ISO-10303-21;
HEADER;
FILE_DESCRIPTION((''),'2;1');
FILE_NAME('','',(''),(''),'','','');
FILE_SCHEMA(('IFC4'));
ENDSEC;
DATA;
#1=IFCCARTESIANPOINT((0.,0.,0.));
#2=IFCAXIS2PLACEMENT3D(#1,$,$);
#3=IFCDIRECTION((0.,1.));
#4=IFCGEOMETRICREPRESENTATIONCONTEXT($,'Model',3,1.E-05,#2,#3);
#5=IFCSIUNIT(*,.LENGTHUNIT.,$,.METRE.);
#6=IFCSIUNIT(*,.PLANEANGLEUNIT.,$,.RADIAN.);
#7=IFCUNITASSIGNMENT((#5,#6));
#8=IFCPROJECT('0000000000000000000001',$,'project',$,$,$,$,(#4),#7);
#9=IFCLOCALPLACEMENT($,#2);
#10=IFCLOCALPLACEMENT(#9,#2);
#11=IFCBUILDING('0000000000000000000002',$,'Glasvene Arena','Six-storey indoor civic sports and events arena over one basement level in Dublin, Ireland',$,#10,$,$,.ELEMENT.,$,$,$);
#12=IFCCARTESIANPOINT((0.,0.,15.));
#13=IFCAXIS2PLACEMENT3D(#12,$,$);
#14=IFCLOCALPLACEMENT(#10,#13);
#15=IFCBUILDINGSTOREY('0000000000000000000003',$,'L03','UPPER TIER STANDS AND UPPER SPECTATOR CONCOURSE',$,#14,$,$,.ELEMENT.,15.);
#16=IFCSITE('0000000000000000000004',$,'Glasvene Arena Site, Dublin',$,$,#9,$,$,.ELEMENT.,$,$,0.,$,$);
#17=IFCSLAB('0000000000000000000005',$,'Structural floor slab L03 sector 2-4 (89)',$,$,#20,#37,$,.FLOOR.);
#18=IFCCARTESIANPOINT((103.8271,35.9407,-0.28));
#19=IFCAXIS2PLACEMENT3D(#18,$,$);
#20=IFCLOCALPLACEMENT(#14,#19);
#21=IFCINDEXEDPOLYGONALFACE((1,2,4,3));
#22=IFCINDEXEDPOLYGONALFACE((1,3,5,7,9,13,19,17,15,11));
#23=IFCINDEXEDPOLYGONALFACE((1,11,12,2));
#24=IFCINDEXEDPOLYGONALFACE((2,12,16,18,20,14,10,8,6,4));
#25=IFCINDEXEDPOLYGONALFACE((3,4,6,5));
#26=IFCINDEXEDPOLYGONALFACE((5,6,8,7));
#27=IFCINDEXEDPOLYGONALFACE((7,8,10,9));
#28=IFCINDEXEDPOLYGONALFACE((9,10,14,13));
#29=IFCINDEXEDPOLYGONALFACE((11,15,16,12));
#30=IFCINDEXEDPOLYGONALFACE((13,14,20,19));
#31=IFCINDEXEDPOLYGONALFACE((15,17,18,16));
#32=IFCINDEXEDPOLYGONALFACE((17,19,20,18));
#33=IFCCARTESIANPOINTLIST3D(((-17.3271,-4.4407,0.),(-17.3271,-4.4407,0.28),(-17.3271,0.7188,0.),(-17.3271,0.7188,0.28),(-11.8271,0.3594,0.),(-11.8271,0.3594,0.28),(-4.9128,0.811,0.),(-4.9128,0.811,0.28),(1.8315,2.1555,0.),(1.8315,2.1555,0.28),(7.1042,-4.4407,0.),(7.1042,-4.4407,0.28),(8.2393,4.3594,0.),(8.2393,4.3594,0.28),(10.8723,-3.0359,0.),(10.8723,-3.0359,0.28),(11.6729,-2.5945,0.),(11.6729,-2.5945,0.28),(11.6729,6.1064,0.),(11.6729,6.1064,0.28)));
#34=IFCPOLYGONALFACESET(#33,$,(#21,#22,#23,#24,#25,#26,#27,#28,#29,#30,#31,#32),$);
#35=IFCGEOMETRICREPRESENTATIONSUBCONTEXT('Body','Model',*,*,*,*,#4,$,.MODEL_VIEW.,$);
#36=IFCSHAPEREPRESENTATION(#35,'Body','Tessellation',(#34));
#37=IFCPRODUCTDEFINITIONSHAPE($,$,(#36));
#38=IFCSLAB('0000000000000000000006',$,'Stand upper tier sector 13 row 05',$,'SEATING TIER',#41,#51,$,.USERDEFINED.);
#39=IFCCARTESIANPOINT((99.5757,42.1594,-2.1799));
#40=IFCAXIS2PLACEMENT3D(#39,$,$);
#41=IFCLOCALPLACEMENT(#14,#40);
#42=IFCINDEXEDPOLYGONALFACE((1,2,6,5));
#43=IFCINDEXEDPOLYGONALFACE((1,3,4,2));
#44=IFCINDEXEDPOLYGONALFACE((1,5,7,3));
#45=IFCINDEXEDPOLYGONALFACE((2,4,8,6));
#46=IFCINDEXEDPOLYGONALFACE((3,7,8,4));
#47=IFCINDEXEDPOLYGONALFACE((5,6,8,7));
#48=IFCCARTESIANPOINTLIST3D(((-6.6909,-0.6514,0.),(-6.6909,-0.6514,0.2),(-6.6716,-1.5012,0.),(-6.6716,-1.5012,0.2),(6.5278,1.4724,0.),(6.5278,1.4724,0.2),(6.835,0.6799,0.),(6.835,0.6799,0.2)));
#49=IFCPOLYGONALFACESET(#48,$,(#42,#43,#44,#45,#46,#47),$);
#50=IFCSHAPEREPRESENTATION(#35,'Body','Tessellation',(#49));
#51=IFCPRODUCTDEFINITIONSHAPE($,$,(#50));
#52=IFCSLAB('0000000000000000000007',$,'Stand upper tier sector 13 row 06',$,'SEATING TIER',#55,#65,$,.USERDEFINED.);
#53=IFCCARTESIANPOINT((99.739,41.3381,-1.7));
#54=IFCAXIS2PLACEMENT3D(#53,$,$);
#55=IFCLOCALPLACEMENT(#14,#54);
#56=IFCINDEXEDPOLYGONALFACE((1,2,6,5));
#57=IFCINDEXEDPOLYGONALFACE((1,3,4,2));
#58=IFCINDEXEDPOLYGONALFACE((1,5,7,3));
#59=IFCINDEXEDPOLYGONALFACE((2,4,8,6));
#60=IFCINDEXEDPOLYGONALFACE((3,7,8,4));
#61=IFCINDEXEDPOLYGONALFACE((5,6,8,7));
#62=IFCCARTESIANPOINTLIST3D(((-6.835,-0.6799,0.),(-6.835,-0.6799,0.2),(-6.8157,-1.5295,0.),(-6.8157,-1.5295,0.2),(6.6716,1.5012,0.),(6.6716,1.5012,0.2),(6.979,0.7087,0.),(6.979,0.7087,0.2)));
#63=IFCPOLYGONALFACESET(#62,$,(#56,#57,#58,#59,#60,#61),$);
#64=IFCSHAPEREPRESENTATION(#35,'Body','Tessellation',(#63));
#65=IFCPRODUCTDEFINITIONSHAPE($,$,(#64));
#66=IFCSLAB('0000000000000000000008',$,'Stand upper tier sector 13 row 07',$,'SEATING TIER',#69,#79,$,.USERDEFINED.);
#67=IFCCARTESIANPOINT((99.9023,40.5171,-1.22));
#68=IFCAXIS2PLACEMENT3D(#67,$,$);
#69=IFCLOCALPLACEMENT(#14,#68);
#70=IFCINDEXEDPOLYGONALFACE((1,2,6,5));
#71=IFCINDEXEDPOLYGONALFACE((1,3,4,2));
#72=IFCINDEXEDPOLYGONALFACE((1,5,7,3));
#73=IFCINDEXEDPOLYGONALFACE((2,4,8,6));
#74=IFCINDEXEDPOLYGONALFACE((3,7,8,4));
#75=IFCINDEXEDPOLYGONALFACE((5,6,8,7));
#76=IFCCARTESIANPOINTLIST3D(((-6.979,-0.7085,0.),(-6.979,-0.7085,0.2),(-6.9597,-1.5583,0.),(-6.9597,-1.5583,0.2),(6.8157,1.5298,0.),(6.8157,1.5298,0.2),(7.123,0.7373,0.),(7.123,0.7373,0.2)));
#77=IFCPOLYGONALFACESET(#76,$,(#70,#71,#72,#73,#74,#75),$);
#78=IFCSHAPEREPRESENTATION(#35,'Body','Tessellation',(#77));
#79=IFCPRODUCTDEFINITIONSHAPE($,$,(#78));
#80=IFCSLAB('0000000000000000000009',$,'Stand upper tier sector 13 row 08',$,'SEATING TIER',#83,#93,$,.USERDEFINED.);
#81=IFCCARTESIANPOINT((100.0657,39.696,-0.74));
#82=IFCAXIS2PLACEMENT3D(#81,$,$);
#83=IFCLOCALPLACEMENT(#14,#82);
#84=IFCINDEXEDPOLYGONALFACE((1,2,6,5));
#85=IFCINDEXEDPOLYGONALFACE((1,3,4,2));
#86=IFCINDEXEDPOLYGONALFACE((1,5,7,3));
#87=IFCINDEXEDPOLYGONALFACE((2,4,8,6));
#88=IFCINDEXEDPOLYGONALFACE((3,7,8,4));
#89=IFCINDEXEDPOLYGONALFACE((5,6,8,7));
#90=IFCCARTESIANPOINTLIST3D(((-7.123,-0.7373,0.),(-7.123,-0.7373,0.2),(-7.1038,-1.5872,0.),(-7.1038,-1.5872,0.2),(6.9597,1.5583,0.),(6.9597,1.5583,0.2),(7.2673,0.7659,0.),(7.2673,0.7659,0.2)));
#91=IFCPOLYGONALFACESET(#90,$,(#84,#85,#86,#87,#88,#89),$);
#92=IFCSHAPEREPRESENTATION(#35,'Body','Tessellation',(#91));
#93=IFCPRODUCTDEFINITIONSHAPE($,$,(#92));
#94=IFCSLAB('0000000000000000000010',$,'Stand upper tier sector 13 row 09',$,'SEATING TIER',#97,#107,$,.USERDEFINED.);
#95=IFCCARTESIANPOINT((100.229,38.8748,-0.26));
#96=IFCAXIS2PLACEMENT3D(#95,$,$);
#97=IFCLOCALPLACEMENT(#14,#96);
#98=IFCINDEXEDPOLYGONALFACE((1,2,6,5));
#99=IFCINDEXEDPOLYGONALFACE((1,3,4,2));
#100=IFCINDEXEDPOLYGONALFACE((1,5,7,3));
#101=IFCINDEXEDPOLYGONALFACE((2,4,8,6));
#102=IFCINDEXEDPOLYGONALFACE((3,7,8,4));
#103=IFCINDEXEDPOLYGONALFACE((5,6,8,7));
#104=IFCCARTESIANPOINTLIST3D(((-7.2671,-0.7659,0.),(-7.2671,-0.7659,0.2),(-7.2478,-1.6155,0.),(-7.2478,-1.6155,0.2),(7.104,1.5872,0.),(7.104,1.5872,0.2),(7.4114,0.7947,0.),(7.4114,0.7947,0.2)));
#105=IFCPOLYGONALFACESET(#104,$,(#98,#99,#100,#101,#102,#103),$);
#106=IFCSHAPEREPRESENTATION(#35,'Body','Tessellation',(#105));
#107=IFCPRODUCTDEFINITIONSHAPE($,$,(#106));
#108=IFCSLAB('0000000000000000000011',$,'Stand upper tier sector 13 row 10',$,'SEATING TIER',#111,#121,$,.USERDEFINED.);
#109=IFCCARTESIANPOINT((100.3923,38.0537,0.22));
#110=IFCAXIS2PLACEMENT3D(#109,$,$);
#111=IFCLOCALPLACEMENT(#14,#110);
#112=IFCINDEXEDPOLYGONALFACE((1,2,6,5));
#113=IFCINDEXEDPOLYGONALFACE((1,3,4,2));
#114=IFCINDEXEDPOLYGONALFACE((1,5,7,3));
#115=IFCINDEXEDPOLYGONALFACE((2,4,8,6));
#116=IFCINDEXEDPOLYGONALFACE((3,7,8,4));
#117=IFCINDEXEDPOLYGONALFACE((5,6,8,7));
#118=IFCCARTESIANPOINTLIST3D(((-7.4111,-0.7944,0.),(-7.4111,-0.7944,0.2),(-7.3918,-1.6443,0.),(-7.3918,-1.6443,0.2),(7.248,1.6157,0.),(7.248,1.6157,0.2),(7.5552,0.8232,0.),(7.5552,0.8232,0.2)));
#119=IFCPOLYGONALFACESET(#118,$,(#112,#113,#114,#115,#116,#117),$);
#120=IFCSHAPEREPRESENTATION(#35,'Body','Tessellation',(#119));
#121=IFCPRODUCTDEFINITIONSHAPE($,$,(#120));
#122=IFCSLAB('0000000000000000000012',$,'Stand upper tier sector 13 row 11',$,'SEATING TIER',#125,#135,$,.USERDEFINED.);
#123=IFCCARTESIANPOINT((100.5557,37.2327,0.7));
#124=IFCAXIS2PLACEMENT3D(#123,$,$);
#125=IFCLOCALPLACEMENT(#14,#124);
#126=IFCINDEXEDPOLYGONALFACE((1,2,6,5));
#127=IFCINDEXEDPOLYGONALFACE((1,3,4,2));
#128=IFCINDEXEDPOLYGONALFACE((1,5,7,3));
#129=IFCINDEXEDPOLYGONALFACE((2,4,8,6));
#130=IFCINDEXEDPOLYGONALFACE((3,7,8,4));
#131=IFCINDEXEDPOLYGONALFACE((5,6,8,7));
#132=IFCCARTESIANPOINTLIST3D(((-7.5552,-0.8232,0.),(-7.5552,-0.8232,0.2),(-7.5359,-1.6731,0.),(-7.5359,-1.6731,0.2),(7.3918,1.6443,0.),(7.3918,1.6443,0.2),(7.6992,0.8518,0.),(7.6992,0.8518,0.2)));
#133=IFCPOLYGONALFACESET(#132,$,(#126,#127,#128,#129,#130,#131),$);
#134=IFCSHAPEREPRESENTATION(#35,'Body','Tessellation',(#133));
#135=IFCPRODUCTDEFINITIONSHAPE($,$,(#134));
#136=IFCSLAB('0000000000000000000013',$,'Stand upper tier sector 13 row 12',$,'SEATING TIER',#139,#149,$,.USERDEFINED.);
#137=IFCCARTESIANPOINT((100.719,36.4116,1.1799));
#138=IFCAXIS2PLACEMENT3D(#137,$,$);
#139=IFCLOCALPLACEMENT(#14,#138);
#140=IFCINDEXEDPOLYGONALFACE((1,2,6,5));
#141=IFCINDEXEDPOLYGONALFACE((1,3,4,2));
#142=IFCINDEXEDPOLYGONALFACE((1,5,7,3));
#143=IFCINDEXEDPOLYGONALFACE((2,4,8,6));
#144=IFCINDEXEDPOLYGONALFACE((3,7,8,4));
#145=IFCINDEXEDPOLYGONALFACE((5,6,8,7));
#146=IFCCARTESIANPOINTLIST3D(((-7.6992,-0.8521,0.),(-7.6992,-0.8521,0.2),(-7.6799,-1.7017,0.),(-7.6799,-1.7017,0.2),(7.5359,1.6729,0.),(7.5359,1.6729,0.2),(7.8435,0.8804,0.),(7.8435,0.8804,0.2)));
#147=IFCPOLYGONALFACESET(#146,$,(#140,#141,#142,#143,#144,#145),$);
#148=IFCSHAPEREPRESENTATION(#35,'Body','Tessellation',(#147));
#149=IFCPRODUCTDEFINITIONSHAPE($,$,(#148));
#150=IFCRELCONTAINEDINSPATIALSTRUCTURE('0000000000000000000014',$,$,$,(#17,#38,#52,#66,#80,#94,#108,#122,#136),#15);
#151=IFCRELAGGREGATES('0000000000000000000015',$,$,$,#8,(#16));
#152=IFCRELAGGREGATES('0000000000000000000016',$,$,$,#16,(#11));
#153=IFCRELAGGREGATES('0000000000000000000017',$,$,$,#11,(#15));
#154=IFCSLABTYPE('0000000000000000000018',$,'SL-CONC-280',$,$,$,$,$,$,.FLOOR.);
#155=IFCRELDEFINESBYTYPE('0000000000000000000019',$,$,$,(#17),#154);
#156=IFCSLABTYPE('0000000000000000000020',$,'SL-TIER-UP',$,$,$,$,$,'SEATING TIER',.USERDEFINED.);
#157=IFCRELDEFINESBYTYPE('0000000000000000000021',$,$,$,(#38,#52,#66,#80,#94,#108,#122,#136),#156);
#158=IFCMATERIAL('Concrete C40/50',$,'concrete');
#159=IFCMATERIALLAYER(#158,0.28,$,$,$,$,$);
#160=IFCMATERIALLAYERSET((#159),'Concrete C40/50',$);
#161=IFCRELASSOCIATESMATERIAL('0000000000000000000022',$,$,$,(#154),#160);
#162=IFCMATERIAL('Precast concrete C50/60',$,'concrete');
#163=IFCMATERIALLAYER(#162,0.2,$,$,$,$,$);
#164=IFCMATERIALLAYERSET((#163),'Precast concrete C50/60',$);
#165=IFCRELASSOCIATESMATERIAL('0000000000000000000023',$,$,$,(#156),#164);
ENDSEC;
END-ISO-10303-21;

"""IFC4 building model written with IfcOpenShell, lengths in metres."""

from ifc_helpers import new_model, si_unit, direction, frame, origin, place, context, subcontext, project, spatial, polyline, outline, extrude, material, layer, layer_set, type_object, element, save


model = new_model("IFC4")

# Units and contexts
model_context = context("Model", 3, precision=1e-05, world=origin(), true_north=direction((0.0, 1.0)))
body_context = subcontext(model_context, "Body", "Model", "MODEL_VIEW")
ifc_project = project(units=[si_unit("LENGTHUNIT", "METRE"), si_unit("PLANEANGLEUNIT", "RADIAN")], contexts=[model_context])

# Site, building, storey
site_placement = place(None, origin())
site = spatial("IfcSite", under=ifc_project, at=site_placement, Name="Glasvene Arena Site, Dublin", CompositionType="ELEMENT", RefElevation=0.0)
building_placement = place(site_placement, origin())
building = spatial("IfcBuilding", under=site, at=building_placement, Name="Glasvene Arena", Description="Six-storey indoor civic sports and events arena over one basement level in Dublin, Ireland", CompositionType="ELEMENT")
storey_placement = place(building_placement, frame((0.0, 0.0, 15.0)))
storey = spatial("IfcBuildingStorey", under=building, at=storey_placement, Name="L03", Description="UPPER TIER STANDS AND UPPER SPECTATOR CONCOURSE", CompositionType="ELEMENT", Elevation=15.0)

# Shared definitions
ifc_material_1 = material(Name="Precast concrete C50/60", Category="concrete")

# Slabs
ifc_material_2 = material(Name="Concrete C40/50", Category="concrete")
ifc_layer_1 = layer(ifc_material_2, 0.28)
ifc_layer_set_1 = layer_set([ifc_layer_1], Name="Concrete C40/50")
slab_type_1 = type_object("IfcSlabType", Name="SL-CONC-280", PredefinedType="FLOOR", material=ifc_layer_set_1)
slab_1_placement = place(storey_placement, frame((103.8271, 35.9407, -0.28)))
element("IfcSlab", 1, at=slab_1_placement, inside=storey, type_object=slab_type_1, Name="Structural floor slab L03 sector 2-4 (89)", PredefinedType="FLOOR", context=body_context, shape_type="SweptSolid", body=[
    extrude(outline(polyline([(10.8723, -3.0359), (7.1042, -4.4407), (-17.3271, -4.4407), (-17.3271, 0.7188), (-11.8271, 0.3594), (-4.9128, 0.811), (1.8315, 2.1555), (8.2393, 4.3594), (11.6729, 6.1064), (11.6729, -2.5945), (10.8723, -3.0359)])), origin(), (0.0, 0.0, 1.0), 0.28),
])
ifc_layer_2 = layer(ifc_material_1, 0.2)
ifc_layer_set_2 = layer_set([ifc_layer_2], Name="Precast concrete C50/60")
slab_type_2 = type_object("IfcSlabType", Name="SL-TIER-UP", ElementType="SEATING TIER", PredefinedType="USERDEFINED", material=ifc_layer_set_2)
slab_2_placement = place(storey_placement, frame((99.5757, 42.1594, -2.1799)))
element("IfcSlab", 2, at=slab_2_placement, inside=storey, type_object=slab_type_2, Name="Stand upper tier sector 13 row 05", ObjectType="SEATING TIER", PredefinedType="USERDEFINED", context=body_context, shape_type="SweptSolid", body=[
    extrude(outline(polyline([(-6.6909, -0.6514), (6.5278, 1.4724), (6.835, 0.6799), (-6.6716, -1.5012), (-6.6909, -0.6514)])), origin(), (0.0, 0.0, 1.0), 0.2),
])
slab_3_placement = place(storey_placement, frame((99.739, 41.3381, -1.7)))
element("IfcSlab", 3, at=slab_3_placement, inside=storey, type_object=slab_type_2, Name="Stand upper tier sector 13 row 06", ObjectType="SEATING TIER", PredefinedType="USERDEFINED", context=body_context, shape_type="SweptSolid", body=[
    extrude(outline(polyline([(-6.835, -0.6799), (6.6716, 1.5012), (6.979, 0.7087), (-6.8157, -1.5295), (-6.835, -0.6799)])), origin(), (0.0, 0.0, 1.0), 0.2),
])
slab_4_placement = place(storey_placement, frame((99.9023, 40.5171, -1.22)))
element("IfcSlab", 4, at=slab_4_placement, inside=storey, type_object=slab_type_2, Name="Stand upper tier sector 13 row 07", ObjectType="SEATING TIER", PredefinedType="USERDEFINED", context=body_context, shape_type="SweptSolid", body=[
    extrude(outline(polyline([(-6.979, -0.7085), (6.8157, 1.5298), (7.123, 0.7373), (-6.9597, -1.5583), (-6.979, -0.7085)])), origin(), (0.0, 0.0, 1.0), 0.2),
])
slab_5_placement = place(storey_placement, frame((100.0657, 39.696, -0.74)))
element("IfcSlab", 5, at=slab_5_placement, inside=storey, type_object=slab_type_2, Name="Stand upper tier sector 13 row 08", ObjectType="SEATING TIER", PredefinedType="USERDEFINED", context=body_context, shape_type="SweptSolid", body=[
    extrude(outline(polyline([(-7.123, -0.7373), (6.9597, 1.5583), (7.2673, 0.7659), (-7.1038, -1.5872), (-7.123, -0.7373)])), origin(), (0.0, 0.0, 1.0), 0.2),
])
slab_6_placement = place(storey_placement, frame((100.229, 38.8748, -0.26)))
element("IfcSlab", 6, at=slab_6_placement, inside=storey, type_object=slab_type_2, Name="Stand upper tier sector 13 row 09", ObjectType="SEATING TIER", PredefinedType="USERDEFINED", context=body_context, shape_type="SweptSolid", body=[
    extrude(outline(polyline([(-7.2671, -0.7659), (7.104, 1.5872), (7.4114, 0.7947), (-7.2478, -1.6155), (-7.2671, -0.7659)])), origin(), (0.0, 0.0, 1.0), 0.2),
])
slab_7_placement = place(storey_placement, frame((100.3923, 38.0537, 0.22)))
element("IfcSlab", 7, at=slab_7_placement, inside=storey, type_object=slab_type_2, Name="Stand upper tier sector 13 row 10", ObjectType="SEATING TIER", PredefinedType="USERDEFINED", context=body_context, shape_type="SweptSolid", body=[
    extrude(outline(polyline([(-7.4111, -0.7944), (7.248, 1.6157), (7.5552, 0.8232), (-7.3918, -1.6443), (-7.4111, -0.7944)])), origin(), (0.0, 0.0, 1.0), 0.2),
])
slab_8_placement = place(storey_placement, frame((100.5557, 37.2327, 0.7)))
element("IfcSlab", 8, at=slab_8_placement, inside=storey, type_object=slab_type_2, Name="Stand upper tier sector 13 row 11", ObjectType="SEATING TIER", PredefinedType="USERDEFINED", context=body_context, shape_type="SweptSolid", body=[
    extrude(outline(polyline([(-7.5552, -0.8232), (7.3918, 1.6443), (7.6992, 0.8518), (-7.5359, -1.6731), (-7.5552, -0.8232)])), origin(), (0.0, 0.0, 1.0), 0.2),
])
slab_9_placement = place(storey_placement, frame((100.719, 36.4116, 1.1799)))
element("IfcSlab", 9, at=slab_9_placement, inside=storey, type_object=slab_type_2, Name="Stand upper tier sector 13 row 12", ObjectType="SEATING TIER", PredefinedType="USERDEFINED", context=body_context, shape_type="SweptSolid", body=[
    extrude(outline(polyline([(-7.6992, -0.8521), (7.5359, 1.6729), (7.8435, 0.8804), (-7.6799, -1.7017), (-7.6992, -0.8521)])), origin(), (0.0, 0.0, 1.0), 0.2),
])

save(model, "model.ifc")
